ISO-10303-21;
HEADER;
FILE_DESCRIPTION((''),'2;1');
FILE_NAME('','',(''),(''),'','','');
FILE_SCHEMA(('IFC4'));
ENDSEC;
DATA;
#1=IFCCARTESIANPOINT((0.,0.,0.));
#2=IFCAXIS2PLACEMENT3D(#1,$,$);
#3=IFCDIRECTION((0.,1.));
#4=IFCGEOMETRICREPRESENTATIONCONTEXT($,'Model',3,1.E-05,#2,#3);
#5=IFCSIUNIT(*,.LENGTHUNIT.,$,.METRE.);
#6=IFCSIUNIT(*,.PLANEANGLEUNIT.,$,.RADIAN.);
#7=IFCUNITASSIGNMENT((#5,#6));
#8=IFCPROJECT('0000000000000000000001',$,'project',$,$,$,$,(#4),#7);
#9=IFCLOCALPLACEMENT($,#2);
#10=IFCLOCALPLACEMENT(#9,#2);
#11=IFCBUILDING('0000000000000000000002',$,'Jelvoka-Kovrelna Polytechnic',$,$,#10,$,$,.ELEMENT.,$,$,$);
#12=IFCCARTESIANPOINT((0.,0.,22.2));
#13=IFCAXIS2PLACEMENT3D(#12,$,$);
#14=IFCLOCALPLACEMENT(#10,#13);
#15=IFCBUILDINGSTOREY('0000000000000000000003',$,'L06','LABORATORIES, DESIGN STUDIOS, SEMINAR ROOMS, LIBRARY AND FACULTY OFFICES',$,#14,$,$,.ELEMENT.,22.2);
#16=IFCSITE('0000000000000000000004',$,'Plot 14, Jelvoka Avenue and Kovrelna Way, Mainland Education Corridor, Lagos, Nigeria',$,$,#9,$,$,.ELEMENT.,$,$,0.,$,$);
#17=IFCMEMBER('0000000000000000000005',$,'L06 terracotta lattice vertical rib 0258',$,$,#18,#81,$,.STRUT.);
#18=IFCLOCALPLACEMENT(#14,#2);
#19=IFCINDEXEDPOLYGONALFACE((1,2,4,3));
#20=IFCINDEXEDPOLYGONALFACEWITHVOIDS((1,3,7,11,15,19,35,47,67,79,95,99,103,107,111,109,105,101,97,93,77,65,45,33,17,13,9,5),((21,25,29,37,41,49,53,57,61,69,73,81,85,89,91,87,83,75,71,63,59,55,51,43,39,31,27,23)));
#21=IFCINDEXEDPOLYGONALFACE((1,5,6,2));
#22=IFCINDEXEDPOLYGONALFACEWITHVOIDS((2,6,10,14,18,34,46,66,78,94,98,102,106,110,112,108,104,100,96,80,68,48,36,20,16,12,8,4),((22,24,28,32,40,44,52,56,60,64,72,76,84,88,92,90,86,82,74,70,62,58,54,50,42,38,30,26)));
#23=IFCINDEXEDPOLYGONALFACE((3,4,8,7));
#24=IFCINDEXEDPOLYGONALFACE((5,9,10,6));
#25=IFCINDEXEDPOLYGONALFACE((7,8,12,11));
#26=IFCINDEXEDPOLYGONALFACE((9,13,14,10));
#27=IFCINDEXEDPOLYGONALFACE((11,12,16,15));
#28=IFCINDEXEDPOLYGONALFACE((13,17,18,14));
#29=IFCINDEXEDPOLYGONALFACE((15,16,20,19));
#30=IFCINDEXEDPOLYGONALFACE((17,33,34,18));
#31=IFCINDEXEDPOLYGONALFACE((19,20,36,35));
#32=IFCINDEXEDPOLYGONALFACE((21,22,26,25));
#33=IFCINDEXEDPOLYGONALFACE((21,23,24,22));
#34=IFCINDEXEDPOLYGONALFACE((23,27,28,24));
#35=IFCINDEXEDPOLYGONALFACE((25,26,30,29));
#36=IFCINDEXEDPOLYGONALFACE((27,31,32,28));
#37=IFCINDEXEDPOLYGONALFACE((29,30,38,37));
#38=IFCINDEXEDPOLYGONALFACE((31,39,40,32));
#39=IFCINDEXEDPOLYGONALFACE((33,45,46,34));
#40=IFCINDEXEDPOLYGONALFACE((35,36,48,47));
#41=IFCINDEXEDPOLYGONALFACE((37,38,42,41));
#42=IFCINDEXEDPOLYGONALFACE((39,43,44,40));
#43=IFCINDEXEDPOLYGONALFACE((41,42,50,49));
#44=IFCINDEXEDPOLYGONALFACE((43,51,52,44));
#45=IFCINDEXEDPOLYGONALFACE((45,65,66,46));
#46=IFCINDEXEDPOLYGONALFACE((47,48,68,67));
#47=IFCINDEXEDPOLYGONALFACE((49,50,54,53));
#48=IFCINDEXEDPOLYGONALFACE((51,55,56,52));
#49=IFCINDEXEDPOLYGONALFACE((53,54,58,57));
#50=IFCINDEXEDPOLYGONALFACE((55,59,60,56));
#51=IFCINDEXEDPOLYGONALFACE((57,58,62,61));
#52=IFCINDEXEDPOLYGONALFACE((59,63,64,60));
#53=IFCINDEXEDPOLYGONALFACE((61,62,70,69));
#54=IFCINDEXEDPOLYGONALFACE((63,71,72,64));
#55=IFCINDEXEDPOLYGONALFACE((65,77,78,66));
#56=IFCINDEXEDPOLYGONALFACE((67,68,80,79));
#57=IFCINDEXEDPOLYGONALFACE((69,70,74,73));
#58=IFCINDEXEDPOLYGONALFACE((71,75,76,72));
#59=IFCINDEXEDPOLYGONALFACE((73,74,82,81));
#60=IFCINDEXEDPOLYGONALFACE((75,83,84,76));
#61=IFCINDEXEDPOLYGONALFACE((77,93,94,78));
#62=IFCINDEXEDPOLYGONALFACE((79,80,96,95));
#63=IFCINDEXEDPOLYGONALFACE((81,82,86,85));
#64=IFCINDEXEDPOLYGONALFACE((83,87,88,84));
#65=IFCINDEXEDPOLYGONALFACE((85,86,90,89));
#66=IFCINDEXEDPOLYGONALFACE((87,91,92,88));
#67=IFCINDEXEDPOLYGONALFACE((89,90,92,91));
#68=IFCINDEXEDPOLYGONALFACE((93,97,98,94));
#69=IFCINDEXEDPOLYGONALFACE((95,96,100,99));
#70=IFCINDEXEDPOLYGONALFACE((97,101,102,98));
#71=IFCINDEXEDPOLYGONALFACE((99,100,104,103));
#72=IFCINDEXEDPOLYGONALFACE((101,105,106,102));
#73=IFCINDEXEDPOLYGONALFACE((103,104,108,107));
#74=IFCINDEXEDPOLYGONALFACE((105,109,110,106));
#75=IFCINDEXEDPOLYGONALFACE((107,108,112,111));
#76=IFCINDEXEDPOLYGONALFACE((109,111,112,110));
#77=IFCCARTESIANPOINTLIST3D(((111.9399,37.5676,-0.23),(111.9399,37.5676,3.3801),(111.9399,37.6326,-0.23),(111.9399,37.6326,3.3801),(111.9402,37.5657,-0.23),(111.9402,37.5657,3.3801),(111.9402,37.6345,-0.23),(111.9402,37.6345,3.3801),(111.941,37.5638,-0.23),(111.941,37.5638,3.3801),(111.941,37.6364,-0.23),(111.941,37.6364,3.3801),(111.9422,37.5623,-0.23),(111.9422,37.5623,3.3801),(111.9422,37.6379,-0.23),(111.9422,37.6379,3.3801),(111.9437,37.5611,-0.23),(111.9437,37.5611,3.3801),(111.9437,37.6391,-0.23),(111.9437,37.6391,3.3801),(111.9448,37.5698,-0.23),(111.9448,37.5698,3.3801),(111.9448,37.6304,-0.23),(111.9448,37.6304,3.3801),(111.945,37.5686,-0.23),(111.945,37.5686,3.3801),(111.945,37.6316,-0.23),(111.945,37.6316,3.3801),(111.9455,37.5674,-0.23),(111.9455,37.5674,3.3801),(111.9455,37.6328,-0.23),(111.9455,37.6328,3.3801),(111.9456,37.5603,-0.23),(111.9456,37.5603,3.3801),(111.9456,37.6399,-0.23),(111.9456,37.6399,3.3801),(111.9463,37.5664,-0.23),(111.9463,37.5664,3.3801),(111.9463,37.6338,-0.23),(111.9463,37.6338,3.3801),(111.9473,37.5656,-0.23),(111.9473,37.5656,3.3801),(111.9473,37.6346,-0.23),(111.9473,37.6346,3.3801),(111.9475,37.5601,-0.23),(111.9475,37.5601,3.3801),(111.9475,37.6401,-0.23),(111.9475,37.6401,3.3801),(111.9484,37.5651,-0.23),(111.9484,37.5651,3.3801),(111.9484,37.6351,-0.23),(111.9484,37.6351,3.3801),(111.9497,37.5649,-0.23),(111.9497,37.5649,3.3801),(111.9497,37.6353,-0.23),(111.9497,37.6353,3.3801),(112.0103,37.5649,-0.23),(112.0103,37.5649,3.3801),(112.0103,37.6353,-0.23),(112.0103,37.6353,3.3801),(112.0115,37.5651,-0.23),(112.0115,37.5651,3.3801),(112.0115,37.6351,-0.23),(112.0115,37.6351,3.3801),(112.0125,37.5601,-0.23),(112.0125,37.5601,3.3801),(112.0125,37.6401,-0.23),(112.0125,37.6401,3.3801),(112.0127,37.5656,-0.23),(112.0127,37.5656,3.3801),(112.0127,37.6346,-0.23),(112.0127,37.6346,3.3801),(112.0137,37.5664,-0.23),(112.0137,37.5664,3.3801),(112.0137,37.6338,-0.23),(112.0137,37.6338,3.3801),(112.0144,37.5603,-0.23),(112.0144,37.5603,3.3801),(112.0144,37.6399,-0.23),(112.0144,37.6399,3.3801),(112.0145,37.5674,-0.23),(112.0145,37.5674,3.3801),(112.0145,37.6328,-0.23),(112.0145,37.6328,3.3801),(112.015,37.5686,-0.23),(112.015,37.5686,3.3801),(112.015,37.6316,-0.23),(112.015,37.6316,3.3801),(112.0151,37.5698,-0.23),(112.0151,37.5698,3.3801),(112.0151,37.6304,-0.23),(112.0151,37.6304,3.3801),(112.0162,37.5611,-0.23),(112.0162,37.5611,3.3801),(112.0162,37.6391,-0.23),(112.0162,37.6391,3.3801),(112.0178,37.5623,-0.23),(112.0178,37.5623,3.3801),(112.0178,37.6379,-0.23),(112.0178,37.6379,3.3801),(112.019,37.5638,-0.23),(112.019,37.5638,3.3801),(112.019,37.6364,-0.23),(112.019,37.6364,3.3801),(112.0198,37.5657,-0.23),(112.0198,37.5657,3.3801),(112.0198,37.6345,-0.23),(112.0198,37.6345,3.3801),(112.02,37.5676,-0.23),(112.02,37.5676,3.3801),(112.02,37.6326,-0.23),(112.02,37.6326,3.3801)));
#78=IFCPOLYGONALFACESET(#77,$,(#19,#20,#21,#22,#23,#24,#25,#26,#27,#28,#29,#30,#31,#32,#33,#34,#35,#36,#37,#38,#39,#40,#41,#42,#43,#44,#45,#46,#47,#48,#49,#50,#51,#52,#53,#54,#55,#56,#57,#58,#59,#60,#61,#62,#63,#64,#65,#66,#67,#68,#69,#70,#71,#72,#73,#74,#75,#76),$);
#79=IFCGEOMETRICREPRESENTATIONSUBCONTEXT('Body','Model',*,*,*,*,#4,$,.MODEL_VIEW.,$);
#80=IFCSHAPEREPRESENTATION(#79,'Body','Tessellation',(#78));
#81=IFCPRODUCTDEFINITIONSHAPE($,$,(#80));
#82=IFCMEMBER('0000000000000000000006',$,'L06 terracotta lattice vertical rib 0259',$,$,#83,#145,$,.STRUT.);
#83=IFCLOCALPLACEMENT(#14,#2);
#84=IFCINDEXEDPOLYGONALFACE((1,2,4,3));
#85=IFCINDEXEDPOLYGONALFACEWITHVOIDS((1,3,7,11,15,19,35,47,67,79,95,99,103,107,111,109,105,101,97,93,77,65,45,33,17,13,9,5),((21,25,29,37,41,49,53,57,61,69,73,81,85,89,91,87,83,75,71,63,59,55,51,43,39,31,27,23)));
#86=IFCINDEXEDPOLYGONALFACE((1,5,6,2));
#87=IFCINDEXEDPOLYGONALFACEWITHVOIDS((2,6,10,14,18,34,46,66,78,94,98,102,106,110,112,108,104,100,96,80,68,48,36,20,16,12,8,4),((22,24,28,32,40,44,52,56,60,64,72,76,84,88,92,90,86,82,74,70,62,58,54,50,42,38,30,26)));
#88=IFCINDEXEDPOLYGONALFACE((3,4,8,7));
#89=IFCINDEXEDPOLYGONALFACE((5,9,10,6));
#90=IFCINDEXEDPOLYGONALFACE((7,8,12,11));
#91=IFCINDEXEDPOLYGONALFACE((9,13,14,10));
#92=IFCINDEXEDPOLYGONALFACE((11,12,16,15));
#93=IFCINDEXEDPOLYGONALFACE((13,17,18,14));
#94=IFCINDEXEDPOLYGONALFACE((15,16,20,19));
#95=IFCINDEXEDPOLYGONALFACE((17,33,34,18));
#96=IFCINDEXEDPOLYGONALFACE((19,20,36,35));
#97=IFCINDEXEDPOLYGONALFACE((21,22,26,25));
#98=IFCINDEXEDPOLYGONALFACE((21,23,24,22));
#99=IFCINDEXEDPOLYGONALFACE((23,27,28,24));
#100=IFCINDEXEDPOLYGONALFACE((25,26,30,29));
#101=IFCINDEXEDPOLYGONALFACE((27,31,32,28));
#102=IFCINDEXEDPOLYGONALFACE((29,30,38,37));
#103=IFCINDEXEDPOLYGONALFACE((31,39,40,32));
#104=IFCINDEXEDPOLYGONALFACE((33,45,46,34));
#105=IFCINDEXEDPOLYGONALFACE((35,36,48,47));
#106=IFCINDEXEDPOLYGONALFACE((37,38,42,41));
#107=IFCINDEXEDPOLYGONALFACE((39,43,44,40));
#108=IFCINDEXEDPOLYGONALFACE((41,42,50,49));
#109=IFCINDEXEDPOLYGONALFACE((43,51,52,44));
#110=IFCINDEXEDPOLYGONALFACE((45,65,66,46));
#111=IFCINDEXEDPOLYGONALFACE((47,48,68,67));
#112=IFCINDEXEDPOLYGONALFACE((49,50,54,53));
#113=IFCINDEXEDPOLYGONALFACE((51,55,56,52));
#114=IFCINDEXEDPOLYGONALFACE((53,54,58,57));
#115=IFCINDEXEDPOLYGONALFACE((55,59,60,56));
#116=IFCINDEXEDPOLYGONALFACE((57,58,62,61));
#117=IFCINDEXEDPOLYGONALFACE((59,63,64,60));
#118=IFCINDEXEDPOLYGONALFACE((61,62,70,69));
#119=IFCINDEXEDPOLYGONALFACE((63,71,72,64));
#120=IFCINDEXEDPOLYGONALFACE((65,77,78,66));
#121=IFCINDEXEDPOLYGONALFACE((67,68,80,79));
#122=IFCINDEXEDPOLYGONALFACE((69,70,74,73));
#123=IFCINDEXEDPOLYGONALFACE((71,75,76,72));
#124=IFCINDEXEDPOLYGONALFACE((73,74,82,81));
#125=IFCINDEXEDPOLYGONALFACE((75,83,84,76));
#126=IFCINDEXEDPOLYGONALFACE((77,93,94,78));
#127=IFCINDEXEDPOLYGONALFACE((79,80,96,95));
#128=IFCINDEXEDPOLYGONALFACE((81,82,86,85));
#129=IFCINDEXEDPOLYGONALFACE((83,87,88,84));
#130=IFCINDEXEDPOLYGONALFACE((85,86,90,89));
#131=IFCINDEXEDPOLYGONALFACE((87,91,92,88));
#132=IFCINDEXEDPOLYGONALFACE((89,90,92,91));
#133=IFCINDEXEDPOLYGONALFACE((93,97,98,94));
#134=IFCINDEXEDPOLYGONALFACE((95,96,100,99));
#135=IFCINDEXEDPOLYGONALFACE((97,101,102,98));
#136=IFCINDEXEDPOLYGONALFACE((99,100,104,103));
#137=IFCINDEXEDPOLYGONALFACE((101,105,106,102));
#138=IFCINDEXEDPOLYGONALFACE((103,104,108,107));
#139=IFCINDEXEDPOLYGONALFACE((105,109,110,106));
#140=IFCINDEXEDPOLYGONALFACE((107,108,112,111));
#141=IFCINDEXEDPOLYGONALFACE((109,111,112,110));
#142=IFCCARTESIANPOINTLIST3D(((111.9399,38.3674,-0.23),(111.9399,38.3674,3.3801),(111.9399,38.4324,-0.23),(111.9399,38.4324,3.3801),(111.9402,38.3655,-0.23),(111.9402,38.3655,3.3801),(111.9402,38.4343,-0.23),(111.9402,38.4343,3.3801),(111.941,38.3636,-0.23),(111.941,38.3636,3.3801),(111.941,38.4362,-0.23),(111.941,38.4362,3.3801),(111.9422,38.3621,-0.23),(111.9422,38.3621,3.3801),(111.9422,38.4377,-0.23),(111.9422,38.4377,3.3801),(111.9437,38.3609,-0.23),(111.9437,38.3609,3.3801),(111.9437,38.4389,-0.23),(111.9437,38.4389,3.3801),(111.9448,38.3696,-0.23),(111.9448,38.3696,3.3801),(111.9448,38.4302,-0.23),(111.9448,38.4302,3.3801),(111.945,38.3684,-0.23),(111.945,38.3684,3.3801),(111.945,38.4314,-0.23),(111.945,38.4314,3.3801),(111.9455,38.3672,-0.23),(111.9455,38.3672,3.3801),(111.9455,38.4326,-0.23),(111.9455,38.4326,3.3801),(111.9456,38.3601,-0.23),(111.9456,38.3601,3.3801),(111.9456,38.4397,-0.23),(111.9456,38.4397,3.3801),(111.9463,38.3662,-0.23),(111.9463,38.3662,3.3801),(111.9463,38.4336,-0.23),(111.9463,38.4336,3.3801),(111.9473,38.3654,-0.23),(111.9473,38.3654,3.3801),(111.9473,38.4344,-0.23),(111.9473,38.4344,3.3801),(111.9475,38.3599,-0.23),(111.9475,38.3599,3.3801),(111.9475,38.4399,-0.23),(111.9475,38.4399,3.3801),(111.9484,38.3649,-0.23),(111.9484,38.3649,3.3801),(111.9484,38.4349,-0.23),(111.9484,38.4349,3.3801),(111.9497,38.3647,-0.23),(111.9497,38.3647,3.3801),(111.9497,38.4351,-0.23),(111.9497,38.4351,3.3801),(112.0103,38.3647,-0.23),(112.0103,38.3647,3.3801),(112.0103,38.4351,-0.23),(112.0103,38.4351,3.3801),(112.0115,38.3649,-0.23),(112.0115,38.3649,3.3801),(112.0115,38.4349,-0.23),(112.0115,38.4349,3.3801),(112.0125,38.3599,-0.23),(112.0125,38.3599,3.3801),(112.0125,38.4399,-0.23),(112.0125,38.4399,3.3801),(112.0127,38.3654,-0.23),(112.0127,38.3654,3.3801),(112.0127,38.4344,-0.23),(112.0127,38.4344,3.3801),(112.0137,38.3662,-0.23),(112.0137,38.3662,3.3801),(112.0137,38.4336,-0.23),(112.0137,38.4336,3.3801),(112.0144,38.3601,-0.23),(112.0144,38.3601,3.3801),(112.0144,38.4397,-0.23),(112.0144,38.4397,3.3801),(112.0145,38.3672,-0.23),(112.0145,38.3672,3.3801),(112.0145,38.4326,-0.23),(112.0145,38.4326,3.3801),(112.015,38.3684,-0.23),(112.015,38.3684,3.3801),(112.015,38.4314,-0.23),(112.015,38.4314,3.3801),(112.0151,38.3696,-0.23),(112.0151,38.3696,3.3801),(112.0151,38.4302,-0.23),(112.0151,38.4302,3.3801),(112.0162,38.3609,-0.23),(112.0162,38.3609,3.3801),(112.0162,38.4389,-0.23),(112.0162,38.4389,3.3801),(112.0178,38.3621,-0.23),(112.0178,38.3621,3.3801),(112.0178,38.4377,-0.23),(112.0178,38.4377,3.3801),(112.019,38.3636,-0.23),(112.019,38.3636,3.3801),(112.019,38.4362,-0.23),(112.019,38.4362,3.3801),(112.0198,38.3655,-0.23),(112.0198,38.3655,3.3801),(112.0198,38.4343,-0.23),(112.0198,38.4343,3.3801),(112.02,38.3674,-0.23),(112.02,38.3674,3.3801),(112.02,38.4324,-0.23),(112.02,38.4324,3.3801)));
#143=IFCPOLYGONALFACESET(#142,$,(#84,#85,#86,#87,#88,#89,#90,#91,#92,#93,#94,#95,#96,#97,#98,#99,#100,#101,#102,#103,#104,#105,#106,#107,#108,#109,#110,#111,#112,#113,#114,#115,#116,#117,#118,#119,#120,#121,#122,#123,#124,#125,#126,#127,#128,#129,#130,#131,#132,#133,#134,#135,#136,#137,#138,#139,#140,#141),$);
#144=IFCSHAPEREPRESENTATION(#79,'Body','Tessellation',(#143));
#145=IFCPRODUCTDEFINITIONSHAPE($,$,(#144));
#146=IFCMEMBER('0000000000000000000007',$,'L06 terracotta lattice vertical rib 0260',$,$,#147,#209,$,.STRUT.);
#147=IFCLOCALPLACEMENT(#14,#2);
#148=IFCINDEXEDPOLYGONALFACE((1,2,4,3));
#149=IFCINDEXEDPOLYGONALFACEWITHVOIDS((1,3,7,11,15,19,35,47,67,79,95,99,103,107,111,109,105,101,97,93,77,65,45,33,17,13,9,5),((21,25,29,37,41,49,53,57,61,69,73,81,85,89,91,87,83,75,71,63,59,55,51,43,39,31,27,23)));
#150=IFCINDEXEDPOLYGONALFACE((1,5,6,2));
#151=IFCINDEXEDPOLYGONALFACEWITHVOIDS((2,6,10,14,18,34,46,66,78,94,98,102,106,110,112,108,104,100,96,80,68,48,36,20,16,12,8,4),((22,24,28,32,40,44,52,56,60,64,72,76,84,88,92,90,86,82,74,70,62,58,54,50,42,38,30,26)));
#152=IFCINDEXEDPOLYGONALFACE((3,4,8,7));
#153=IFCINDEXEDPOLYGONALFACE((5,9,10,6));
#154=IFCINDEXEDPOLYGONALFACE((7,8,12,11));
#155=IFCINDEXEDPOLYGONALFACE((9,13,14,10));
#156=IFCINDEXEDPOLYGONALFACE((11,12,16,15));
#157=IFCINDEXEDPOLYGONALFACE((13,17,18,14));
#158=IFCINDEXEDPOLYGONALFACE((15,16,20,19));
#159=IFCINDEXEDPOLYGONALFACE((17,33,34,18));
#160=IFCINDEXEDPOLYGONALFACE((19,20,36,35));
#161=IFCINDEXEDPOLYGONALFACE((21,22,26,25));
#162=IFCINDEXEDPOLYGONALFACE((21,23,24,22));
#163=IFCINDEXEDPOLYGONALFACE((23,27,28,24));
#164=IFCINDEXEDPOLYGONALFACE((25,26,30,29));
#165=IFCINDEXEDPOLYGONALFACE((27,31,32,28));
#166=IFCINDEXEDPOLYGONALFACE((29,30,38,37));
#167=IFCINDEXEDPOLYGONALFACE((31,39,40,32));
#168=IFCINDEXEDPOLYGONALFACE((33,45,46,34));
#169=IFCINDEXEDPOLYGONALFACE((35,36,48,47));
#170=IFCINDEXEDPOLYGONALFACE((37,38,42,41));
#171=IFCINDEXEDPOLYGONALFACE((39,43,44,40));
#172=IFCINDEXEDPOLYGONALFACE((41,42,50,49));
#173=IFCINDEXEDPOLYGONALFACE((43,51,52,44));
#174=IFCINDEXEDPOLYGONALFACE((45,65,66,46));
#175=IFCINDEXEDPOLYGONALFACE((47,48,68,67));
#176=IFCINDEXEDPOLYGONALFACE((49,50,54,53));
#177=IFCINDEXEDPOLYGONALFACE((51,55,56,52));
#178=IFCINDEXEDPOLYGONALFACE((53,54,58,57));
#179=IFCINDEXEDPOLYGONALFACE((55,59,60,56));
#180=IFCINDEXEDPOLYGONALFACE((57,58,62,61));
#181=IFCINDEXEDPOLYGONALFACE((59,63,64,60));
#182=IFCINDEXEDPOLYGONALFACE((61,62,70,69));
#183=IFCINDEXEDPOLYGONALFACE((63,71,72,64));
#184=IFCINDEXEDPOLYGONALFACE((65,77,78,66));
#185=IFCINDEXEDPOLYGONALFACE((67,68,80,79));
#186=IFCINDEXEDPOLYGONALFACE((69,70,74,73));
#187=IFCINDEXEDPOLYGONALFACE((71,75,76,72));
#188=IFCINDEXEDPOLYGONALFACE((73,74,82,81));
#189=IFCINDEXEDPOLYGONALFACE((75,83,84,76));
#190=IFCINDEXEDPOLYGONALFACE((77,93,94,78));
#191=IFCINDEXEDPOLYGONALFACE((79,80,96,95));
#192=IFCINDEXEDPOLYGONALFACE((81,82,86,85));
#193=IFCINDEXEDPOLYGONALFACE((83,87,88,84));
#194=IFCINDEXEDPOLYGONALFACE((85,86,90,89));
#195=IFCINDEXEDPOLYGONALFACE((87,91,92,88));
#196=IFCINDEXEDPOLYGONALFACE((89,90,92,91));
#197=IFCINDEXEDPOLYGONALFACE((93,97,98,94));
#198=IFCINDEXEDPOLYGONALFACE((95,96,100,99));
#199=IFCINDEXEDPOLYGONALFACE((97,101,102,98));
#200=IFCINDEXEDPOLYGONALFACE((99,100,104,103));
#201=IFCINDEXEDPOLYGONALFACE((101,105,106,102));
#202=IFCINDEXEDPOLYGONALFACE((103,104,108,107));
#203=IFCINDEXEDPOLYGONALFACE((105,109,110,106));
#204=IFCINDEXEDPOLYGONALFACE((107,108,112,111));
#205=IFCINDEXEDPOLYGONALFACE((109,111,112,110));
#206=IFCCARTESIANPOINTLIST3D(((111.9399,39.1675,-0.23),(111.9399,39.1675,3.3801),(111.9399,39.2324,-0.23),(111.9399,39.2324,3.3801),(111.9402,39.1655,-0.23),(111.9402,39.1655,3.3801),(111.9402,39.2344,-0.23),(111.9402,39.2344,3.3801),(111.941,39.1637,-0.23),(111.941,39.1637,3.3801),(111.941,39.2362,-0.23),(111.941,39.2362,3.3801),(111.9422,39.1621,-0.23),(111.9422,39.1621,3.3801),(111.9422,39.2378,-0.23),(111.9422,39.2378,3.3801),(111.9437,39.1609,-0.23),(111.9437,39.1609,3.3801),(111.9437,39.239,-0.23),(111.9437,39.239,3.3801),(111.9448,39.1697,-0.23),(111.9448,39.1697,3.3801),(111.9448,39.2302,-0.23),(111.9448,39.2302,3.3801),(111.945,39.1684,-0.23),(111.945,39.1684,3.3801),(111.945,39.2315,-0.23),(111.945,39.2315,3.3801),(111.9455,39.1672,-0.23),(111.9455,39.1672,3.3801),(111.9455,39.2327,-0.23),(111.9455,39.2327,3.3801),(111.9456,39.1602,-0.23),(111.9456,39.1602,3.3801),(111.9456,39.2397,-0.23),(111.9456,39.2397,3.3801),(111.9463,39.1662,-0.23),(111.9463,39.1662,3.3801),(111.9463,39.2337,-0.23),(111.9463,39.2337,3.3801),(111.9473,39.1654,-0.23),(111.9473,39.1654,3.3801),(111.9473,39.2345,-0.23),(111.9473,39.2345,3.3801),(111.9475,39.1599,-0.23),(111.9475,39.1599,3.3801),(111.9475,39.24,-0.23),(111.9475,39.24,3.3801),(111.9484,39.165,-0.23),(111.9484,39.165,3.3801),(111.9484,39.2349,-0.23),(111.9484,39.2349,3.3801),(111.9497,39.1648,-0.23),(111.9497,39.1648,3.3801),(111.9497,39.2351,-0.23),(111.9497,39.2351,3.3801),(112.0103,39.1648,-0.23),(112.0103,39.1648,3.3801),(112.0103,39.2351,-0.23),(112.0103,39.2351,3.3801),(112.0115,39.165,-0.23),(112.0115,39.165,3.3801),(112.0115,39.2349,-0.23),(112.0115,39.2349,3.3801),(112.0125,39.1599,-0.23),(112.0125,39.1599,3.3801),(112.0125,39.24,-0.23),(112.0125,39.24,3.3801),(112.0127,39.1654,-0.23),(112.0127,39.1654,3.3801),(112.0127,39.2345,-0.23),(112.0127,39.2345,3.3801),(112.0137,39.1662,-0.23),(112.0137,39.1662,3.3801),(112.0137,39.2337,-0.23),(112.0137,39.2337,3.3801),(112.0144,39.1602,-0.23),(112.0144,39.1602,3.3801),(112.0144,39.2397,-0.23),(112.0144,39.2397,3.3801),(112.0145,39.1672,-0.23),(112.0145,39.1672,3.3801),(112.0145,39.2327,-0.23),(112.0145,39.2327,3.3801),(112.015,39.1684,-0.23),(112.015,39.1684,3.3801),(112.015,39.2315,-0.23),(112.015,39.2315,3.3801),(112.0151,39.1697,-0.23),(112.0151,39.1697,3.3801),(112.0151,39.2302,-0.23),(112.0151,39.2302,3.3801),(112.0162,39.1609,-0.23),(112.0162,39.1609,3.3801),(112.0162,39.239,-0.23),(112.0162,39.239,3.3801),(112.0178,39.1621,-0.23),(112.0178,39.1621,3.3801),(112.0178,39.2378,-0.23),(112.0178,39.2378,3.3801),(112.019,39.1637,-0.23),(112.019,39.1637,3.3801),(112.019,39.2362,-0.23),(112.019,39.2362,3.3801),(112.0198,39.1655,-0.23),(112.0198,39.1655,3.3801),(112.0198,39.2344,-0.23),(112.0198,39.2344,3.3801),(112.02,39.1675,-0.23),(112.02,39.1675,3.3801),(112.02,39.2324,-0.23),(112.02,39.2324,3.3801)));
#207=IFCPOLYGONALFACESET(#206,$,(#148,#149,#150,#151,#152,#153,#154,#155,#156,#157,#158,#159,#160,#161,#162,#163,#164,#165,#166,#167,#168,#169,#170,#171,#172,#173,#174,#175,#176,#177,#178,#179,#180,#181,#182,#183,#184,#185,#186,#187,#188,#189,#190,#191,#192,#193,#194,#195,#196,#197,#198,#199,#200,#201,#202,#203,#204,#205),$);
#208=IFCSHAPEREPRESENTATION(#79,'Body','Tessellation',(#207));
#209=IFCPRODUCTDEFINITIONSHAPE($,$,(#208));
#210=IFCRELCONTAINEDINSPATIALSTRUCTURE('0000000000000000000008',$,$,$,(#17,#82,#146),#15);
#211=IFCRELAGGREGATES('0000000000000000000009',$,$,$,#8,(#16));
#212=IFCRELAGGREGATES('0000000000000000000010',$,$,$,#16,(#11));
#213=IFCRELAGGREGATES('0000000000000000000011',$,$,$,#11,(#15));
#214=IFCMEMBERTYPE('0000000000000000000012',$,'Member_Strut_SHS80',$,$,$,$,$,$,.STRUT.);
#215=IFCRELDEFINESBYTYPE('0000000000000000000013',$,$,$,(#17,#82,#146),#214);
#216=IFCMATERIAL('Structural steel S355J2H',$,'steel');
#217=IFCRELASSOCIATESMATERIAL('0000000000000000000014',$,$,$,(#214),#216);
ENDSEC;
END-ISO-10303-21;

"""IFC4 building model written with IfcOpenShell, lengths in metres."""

from ifc_helpers import new_model, si_unit, direction, frame, origin, origin_2d, place, context, subcontext, project, spatial, hollow_rectangle, extrude, material, material_profile, profile_set, type_object, element, save


model = new_model("IFC4")

# Units and contexts
model_context = context("Model", 3, precision=1e-05, world=origin(), true_north=direction((0.0, 1.0)))
body_context = subcontext(model_context, "Body", "Model", "MODEL_VIEW")
ifc_project = project(units=[si_unit("LENGTHUNIT", "METRE"), si_unit("PLANEANGLEUNIT", "RADIAN")], contexts=[model_context])

# Site, building, storey
site_placement = place(None, origin())
site = spatial("IfcSite", under=ifc_project, at=site_placement, Name="Plot 14, Jelvoka Avenue and Kovrelna Way, Mainland Education Corridor, Lagos, Nigeria", CompositionType="ELEMENT", RefElevation=0.0)
building_placement = place(site_placement, origin())
building = spatial("IfcBuilding", under=site, at=building_placement, Name="Jelvoka-Kovrelna Polytechnic", CompositionType="ELEMENT")
storey_placement = place(building_placement, frame((0.0, 0.0, 22.2)))
storey = spatial("IfcBuildingStorey", under=building, at=storey_placement, Name="L06", Description="LABORATORIES, DESIGN STUDIOS, SEMINAR ROOMS, LIBRARY AND FACULTY OFFICES", CompositionType="ELEMENT", Elevation=22.2)

# Members
ifc_material_1 = material(Name="Structural steel S355J2H", Category="steel")
ifc_material_profile_1 = material_profile(ifc_material_1, hollow_rectangle(XDim=0.0801, YDim=0.0801, WallThickness=0.0049, InnerFilletRadius=0.0049, OuterFilletRadius=0.0076, at=origin_2d()), Name="80x80x5.0 SHS")
ifc_profile_set_1 = profile_set([ifc_material_profile_1], Name="Structural steel S355J2H")
member_type_1 = type_object("IfcMemberType", Name="Member_Strut_SHS80", PredefinedType="STRUT", material=ifc_profile_set_1)
for number, where, z_axis, x_axis, name in (
    (1, (111.98, 37.6001, -0.23), (0.0, 0.0, 1.0), (1.0, 0.0, 0.0), "L06 terracotta lattice vertical rib 0258"),
    (2, (111.98, 38.3999, -0.23), (0.0, 0.0, 1.0), (1.0, 0.0, 0.0), "L06 terracotta lattice vertical rib 0259"),
    (3, (111.98, 39.2, -0.23), (0.0, 0.0, 1.0), (1.0, 0.0, 0.0), "L06 terracotta lattice vertical rib 0260"),
):
    element("IfcMember", number, at=place(storey_placement, frame(where, z_axis=z_axis, x_axis=x_axis)), inside=storey, type_object=member_type_1, Name=name, PredefinedType="STRUT", context=body_context, shape_type="SweptSolid", body=[
        extrude(hollow_rectangle(XDim=0.0801, YDim=0.0801, WallThickness=0.0049, InnerFilletRadius=0.0049, OuterFilletRadius=0.0076, at=origin_2d()), origin(), (0.0, 0.0, 1.0), 3.6101),
    ])

save(model, "model.ifc")
